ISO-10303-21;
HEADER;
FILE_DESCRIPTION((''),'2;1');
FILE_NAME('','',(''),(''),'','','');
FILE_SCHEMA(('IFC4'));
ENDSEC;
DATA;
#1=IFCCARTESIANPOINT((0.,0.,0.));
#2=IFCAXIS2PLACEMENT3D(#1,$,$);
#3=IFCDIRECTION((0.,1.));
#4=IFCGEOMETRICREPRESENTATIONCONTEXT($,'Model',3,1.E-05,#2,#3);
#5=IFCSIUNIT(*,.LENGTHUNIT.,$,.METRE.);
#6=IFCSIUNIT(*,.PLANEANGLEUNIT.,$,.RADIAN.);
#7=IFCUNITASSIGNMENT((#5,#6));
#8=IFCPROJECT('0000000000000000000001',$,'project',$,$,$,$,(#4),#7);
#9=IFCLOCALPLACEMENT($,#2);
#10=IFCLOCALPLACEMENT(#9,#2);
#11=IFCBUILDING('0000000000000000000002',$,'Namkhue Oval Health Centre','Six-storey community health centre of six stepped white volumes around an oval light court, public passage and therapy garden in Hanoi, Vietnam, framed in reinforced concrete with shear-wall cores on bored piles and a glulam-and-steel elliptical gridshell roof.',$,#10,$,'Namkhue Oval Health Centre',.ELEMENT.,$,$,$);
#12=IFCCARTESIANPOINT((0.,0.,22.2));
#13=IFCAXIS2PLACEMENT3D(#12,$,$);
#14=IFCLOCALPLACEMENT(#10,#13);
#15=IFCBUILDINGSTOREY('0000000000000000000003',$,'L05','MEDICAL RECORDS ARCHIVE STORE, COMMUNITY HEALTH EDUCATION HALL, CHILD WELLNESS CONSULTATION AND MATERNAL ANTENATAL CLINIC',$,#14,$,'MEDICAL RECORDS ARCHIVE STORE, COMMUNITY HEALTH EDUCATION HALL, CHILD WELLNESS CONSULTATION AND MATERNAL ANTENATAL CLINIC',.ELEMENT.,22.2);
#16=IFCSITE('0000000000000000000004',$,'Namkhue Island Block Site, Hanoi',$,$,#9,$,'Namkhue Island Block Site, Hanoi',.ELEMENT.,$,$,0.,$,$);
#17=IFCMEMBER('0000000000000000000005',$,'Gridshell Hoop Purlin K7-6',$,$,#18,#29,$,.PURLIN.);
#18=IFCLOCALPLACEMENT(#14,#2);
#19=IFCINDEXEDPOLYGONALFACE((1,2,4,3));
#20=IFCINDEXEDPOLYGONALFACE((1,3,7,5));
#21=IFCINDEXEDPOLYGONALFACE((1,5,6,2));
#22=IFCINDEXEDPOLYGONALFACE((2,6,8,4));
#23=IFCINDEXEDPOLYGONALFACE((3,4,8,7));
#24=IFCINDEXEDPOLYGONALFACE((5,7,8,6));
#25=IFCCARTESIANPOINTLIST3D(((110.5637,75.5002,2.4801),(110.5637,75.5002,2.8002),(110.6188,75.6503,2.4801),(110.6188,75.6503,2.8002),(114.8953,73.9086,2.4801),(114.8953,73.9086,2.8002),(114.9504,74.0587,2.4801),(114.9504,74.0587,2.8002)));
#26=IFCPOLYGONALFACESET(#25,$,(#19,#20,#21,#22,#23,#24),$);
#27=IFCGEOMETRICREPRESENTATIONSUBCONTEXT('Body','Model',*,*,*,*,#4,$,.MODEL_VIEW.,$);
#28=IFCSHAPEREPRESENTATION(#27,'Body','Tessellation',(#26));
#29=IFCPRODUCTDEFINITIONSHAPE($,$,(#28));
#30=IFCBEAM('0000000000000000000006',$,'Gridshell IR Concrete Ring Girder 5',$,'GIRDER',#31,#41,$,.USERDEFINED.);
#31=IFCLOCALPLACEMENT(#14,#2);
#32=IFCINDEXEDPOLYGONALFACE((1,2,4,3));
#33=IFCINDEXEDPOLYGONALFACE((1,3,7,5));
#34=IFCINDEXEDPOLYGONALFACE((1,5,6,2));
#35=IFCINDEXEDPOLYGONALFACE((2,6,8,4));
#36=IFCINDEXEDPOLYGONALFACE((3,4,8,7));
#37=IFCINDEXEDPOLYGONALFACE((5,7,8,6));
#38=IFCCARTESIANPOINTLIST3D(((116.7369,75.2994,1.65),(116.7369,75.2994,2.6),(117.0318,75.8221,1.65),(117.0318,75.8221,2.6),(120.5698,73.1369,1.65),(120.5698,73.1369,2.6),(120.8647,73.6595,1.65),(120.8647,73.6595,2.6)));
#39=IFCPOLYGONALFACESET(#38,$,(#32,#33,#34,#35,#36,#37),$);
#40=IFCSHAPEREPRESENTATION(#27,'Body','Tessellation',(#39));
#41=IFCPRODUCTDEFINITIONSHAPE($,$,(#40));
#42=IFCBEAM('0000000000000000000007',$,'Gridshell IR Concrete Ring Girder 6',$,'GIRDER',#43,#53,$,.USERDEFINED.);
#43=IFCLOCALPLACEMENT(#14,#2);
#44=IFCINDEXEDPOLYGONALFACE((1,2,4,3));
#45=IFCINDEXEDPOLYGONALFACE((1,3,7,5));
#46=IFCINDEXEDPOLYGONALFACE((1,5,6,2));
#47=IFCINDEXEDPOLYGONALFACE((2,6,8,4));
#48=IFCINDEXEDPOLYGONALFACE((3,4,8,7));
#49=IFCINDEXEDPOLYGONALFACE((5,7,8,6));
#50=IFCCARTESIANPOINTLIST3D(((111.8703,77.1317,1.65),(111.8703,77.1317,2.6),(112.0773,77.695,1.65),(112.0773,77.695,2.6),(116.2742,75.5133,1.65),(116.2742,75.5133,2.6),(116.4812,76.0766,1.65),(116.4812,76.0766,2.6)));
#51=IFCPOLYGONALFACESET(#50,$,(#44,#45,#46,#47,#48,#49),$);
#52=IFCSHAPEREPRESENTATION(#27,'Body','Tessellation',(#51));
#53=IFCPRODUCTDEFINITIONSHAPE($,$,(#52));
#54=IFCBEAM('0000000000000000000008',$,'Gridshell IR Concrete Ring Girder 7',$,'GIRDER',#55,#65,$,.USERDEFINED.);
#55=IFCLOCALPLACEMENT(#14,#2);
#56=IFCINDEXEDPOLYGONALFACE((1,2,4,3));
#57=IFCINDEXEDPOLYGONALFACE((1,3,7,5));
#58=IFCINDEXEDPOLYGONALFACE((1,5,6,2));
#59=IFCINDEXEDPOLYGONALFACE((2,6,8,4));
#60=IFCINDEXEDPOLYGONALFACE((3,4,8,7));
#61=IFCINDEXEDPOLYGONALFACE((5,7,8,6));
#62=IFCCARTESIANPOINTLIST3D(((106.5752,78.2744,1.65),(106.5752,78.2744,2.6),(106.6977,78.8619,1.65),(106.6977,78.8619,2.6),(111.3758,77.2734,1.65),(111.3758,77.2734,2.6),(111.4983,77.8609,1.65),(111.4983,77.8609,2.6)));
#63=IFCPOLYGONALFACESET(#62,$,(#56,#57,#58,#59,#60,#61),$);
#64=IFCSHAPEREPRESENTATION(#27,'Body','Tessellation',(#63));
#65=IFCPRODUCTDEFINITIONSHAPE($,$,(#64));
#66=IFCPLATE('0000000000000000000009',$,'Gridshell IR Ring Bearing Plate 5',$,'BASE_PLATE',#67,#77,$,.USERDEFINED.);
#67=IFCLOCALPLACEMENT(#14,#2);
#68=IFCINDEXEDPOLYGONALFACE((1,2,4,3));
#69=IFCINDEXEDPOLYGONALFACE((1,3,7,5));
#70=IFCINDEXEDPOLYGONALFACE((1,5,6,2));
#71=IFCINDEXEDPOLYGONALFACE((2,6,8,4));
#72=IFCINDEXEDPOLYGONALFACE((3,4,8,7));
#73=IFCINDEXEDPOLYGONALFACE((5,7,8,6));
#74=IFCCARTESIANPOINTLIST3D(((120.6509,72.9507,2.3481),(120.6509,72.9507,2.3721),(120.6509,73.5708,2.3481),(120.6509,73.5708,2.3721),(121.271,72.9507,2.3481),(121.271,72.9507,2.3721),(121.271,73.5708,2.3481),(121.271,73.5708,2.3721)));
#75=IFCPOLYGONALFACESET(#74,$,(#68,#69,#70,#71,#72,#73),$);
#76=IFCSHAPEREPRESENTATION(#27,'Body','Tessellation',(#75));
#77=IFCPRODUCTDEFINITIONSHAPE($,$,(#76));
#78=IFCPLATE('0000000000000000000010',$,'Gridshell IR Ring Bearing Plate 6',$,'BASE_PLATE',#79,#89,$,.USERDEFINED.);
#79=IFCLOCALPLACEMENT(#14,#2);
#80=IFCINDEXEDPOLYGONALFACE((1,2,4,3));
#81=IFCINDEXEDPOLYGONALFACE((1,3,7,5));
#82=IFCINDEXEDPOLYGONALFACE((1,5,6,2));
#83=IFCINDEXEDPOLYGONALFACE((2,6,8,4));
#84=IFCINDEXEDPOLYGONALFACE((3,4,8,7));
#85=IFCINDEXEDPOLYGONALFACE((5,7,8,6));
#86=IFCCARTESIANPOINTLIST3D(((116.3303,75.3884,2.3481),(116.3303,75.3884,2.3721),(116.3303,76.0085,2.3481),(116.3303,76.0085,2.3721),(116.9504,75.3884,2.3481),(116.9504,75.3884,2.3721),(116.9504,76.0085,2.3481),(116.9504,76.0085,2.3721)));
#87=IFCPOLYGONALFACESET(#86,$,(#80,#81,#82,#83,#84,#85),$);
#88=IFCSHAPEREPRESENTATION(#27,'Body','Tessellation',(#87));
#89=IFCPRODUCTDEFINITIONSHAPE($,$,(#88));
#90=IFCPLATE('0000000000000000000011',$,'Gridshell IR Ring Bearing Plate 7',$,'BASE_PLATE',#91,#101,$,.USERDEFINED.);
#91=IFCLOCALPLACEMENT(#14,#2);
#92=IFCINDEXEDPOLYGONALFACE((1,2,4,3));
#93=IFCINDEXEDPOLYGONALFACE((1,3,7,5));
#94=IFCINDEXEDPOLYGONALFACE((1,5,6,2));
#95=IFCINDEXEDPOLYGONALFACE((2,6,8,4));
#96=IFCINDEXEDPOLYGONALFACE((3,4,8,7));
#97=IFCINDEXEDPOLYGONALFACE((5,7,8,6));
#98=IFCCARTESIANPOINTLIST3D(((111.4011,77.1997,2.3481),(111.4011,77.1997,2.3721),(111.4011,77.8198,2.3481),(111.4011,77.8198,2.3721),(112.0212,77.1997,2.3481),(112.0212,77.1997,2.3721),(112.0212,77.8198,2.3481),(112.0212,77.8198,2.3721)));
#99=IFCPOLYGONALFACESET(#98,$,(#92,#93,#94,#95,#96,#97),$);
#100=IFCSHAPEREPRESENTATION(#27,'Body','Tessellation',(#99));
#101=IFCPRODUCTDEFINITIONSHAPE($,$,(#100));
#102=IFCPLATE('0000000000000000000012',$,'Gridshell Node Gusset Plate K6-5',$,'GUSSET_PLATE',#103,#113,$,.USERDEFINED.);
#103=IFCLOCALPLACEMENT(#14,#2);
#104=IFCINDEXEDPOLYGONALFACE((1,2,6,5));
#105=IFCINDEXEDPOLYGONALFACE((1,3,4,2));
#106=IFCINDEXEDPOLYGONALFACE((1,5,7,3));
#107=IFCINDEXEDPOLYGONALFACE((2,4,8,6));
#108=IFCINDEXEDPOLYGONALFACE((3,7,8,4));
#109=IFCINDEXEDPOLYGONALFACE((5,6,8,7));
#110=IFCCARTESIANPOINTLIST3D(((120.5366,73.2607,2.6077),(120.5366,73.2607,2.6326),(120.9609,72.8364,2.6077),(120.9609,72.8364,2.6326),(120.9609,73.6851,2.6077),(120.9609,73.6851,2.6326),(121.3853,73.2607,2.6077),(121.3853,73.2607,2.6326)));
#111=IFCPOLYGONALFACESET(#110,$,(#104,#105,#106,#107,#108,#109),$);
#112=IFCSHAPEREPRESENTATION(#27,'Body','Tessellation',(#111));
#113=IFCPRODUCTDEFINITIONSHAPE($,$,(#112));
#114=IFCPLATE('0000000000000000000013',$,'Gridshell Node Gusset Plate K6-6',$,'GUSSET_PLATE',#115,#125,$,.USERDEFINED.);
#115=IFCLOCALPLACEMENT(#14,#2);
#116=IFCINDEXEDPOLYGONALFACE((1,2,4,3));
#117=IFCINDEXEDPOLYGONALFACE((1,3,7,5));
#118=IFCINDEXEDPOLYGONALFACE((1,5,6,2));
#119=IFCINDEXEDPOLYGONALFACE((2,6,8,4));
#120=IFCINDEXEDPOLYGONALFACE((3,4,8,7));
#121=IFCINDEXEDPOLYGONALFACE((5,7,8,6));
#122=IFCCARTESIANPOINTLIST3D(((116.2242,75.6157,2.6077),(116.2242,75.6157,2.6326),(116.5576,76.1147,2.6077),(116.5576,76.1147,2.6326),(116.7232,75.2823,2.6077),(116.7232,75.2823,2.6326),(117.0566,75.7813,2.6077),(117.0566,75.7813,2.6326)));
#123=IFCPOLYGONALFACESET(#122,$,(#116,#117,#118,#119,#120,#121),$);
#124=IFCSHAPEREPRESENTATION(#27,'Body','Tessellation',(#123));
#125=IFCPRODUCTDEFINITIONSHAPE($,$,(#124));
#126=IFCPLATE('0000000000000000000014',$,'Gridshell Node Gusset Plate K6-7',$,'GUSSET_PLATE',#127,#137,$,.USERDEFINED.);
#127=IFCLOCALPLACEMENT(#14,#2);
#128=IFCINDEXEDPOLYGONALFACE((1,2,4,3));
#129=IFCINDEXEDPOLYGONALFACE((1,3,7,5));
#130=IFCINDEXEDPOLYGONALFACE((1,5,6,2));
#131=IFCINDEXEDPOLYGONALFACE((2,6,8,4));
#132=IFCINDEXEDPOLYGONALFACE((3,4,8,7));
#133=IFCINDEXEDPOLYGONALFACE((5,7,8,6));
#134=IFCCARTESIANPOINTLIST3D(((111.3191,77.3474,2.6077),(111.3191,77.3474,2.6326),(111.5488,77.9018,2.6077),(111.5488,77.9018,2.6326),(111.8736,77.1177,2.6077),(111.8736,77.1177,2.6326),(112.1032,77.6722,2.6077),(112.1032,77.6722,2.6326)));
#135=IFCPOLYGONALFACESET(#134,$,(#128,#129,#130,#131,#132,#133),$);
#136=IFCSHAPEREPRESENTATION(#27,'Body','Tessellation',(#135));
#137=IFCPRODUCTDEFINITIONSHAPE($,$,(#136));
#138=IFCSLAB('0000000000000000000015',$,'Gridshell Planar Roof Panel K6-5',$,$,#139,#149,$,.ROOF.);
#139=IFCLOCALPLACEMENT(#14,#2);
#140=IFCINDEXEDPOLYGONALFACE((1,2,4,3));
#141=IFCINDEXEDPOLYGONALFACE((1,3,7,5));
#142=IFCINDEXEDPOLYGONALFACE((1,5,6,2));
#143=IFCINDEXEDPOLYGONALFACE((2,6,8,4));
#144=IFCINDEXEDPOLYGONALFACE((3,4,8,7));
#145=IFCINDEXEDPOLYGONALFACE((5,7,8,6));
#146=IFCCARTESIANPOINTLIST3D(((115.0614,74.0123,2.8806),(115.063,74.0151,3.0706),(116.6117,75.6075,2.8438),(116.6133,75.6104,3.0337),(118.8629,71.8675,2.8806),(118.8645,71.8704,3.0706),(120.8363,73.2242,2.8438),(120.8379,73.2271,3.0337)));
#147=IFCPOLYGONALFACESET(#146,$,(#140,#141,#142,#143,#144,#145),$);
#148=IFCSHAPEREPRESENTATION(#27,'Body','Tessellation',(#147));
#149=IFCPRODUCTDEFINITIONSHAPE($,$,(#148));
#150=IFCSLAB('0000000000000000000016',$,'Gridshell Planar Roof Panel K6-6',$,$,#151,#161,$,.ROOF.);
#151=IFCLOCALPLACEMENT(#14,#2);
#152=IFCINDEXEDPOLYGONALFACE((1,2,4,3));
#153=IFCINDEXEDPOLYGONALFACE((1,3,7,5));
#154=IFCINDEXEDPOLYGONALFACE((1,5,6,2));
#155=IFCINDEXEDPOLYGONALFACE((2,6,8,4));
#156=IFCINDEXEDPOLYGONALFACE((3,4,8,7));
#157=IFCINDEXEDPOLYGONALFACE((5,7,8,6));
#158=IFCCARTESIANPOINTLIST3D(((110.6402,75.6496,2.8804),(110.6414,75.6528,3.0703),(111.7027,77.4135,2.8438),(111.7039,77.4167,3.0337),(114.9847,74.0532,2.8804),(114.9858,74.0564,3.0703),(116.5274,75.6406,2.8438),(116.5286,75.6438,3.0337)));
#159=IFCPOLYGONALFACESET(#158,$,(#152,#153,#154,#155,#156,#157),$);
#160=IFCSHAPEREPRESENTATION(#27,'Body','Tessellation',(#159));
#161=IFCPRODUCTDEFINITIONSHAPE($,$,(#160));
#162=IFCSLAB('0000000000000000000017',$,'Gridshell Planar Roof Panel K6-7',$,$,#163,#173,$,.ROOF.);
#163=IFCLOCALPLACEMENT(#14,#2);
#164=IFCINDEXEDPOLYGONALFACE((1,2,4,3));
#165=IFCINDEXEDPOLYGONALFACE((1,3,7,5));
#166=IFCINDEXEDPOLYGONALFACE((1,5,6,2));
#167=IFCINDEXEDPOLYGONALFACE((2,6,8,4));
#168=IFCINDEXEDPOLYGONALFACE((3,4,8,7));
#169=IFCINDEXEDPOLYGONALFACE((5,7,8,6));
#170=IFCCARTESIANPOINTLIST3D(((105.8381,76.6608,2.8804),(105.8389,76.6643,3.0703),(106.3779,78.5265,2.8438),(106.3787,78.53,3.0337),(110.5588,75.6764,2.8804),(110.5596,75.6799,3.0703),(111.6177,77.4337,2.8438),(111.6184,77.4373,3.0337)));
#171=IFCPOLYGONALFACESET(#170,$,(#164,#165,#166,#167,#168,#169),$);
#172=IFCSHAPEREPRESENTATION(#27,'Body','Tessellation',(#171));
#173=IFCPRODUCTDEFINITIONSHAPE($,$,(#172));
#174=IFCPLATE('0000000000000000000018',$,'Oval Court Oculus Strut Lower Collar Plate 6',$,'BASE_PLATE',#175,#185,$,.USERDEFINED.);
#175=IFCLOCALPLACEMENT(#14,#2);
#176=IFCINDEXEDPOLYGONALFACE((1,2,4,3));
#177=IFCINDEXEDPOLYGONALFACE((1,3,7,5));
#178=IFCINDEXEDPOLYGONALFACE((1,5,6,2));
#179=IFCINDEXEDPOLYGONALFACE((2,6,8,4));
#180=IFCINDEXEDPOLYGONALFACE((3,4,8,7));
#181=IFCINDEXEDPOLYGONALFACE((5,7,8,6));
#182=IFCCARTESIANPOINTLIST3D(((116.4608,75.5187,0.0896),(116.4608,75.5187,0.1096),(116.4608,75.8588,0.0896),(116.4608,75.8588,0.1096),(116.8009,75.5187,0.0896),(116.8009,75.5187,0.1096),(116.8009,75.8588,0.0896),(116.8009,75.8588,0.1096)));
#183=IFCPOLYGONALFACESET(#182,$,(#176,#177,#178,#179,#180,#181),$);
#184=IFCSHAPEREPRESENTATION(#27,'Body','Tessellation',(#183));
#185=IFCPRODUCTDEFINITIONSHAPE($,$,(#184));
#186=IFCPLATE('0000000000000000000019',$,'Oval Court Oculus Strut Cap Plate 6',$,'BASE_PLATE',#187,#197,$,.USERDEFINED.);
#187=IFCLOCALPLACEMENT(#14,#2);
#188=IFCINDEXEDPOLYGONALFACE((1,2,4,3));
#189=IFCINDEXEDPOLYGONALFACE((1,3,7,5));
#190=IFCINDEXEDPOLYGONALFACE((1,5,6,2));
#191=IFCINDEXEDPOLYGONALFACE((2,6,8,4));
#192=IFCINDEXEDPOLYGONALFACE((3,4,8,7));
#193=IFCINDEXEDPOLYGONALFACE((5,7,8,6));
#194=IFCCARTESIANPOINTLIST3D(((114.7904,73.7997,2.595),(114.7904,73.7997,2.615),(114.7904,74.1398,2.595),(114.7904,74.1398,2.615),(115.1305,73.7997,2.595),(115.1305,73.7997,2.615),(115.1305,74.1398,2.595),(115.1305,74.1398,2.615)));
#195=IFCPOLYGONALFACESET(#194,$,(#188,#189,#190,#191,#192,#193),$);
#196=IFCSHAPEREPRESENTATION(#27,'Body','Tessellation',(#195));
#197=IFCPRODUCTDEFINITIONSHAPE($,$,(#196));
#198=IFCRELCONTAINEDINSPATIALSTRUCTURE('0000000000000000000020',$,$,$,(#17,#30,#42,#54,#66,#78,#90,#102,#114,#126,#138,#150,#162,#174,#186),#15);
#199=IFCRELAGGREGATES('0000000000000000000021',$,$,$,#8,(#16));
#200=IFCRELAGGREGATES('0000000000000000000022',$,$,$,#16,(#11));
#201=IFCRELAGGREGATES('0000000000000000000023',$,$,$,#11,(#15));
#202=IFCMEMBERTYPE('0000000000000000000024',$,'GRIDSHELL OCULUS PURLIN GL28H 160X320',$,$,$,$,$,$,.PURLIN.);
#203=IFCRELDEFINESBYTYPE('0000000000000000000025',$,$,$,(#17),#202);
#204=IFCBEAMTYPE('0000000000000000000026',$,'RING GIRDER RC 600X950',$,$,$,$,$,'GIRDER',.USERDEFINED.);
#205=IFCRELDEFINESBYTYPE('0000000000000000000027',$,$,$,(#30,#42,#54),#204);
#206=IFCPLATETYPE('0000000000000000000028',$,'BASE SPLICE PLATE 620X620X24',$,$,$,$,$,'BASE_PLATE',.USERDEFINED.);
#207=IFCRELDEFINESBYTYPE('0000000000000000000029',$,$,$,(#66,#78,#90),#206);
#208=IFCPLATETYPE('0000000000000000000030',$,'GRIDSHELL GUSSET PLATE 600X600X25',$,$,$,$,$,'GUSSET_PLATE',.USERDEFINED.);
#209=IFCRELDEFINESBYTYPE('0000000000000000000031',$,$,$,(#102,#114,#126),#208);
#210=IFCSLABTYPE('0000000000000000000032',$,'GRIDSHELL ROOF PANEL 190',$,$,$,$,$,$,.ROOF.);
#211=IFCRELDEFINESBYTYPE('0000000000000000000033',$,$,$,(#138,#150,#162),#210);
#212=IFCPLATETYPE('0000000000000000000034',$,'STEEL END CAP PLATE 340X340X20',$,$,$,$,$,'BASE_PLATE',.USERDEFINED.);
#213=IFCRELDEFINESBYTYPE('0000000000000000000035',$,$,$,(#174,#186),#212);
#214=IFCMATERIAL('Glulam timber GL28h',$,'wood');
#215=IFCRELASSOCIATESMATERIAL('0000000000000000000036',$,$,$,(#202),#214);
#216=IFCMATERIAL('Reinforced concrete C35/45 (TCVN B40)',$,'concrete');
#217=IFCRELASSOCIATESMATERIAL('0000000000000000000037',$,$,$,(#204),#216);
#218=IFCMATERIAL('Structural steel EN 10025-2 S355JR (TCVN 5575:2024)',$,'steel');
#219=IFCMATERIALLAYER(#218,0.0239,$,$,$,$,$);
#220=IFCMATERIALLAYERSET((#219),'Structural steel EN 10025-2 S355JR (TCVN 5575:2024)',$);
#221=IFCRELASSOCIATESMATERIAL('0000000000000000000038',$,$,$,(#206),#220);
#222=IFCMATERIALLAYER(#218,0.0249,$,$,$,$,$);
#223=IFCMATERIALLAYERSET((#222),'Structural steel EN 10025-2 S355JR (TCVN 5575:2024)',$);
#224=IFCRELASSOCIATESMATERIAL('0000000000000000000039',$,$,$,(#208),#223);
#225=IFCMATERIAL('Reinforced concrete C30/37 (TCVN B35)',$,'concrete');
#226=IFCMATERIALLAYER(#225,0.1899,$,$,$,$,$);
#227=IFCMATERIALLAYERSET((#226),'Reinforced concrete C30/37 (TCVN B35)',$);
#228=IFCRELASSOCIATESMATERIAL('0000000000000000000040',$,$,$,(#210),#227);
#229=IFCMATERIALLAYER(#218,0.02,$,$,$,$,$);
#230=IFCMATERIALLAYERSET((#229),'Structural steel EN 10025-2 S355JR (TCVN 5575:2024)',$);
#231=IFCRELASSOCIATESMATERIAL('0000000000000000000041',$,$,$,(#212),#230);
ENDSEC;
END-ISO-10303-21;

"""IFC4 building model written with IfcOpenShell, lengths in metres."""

from ifc_helpers import new_model, si_unit, direction, frame, origin, origin_2d, place, context, subcontext, project, spatial, polyline, rectangle, outline, extrude, material, layer, layer_set, material_profile, profile_set, type_object, element, save


model = new_model("IFC4")

# Units and contexts
model_context = context("Model", 3, precision=1e-05, world=origin(), true_north=direction((0.0, 1.0)))
body_context = subcontext(model_context, "Body", "Model", "MODEL_VIEW")
ifc_project = project(units=[si_unit("LENGTHUNIT", "METRE"), si_unit("PLANEANGLEUNIT", "RADIAN")], contexts=[model_context])

# Site, building, storey
site_placement = place(None, origin())
site = spatial("IfcSite", under=ifc_project, at=site_placement, Name="Namkhue Island Block Site, Hanoi", LongName="Namkhue Island Block Site, Hanoi", CompositionType="ELEMENT", RefElevation=0.0)
building_placement = place(site_placement, origin())
building = spatial("IfcBuilding", under=site, at=building_placement, Name="Namkhue Oval Health Centre", Description="Six-storey community health centre of six stepped white volumes around an oval light court, public passage and therapy garden in Hanoi, Vietnam, framed in reinforced concrete with shear-wall cores on bored piles and a glulam-and-steel elliptical gridshell roof.", LongName="Namkhue Oval Health Centre", CompositionType="ELEMENT")
storey_placement = place(building_placement, frame((0.0, 0.0, 22.2)))
storey = spatial("IfcBuildingStorey", under=building, at=storey_placement, Name="L05", Description="MEDICAL RECORDS ARCHIVE STORE, COMMUNITY HEALTH EDUCATION HALL, CHILD WELLNESS CONSULTATION AND MATERNAL ANTENATAL CLINIC", LongName="MEDICAL RECORDS ARCHIVE STORE, COMMUNITY HEALTH EDUCATION HALL, CHILD WELLNESS CONSULTATION AND MATERNAL ANTENATAL CLINIC", CompositionType="ELEMENT", Elevation=22.2)

# Shared definitions
ifc_material_1 = material(Name="Reinforced concrete C35/45 (TCVN B40)", Category="concrete")

# Member
ifc_material_2 = material(Name="Structural steel EN 10025-2 S355JR (TCVN 5575:2024)", Category="steel")
ifc_material_3 = material(Name="Glulam timber GL28h", Category="wood")
ifc_material_profile_1 = material_profile(ifc_material_3, rectangle(XDim=0.1599, YDim=0.3201, at=origin_2d()), Name="GL28h 160x320")
ifc_profile_set_1 = profile_set([ifc_material_profile_1], Name="Glulam timber GL28h")
member_type_1 = type_object("IfcMemberType", Name="GRIDSHELL OCULUS PURLIN GL28H 160X320", PredefinedType="PURLIN", material=ifc_profile_set_1)
member_1_placement = place(storey_placement, frame((114.9229, 73.9836, 2.6401), z_axis=(-0.938644, 0.344889, 0.0), x_axis=(-0.344889, -0.938644, 0.0)))
element("IfcMember", 1, at=member_1_placement, inside=storey, type_object=member_type_1, Name="Gridshell Hoop Purlin K7-6", PredefinedType="PURLIN", context=body_context, shape_type="SweptSolid", body=[
    extrude(rectangle(XDim=0.1599, YDim=0.3201, at=origin_2d()), origin(), (0.0, 0.0, 1.0), 4.6147),
])

# Beams
ifc_material_profile_2 = material_profile(ifc_material_1, rectangle(XDim=0.6001, YDim=0.95, at=origin_2d()), Name="RC 600x950")
ifc_profile_set_2 = profile_set([ifc_material_profile_2], Name="Reinforced concrete C35/45 (TCVN B40)")
beam_type = type_object("IfcBeamType", Name="RING GIRDER RC 600X950", ElementType="GIRDER", PredefinedType="USERDEFINED", material=ifc_profile_set_2)
beam_1_placement = place(storey_placement, frame((120.7173, 73.3982, 2.125), z_axis=(-0.870941, 0.491388, 0.0), x_axis=(-0.491388, -0.870941, 0.0)))
element("IfcBeam", 2, at=beam_1_placement, inside=storey, type_object=beam_type, Name="Gridshell IR Concrete Ring Girder 5", ObjectType="GIRDER", PredefinedType="USERDEFINED", context=body_context, shape_type="SweptSolid", body=[
    extrude(rectangle(XDim=0.6001, YDim=0.95, at=origin_2d()), origin(), (0.0, 0.0, 1.0), 4.4009),
])
beam_2_placement = place(storey_placement, frame((116.3777, 75.7949, 2.125), z_axis=(-0.938623, 0.344946, 0.0), x_axis=(-0.344946, -0.938623, 0.0)))
element("IfcBeam", 3, at=beam_2_placement, inside=storey, type_object=beam_type, Name="Gridshell IR Concrete Ring Girder 6", ObjectType="GIRDER", PredefinedType="USERDEFINED", context=body_context, shape_type="SweptSolid", body=[
    extrude(rectangle(XDim=0.6001, YDim=0.95, at=origin_2d()), origin(), (0.0, 0.0, 1.0), 4.6919),
])
beam_3_placement = place(storey_placement, frame((111.437, 77.5671, 2.125), z_axis=(-0.978945, 0.204123, 0.0), x_axis=(-0.204123, -0.978945, 0.0)))
element("IfcBeam", 4, at=beam_3_placement, inside=storey, type_object=beam_type, Name="Gridshell IR Concrete Ring Girder 7", ObjectType="GIRDER", PredefinedType="USERDEFINED", context=body_context, shape_type="SweptSolid", body=[
    extrude(rectangle(XDim=0.6001, YDim=0.95, at=origin_2d()), origin(), (0.0, 0.0, 1.0), 4.9038),
])

# Plates
ifc_layer_1 = layer(ifc_material_2, 0.0239)
ifc_layer_set_1 = layer_set([ifc_layer_1], Name="Structural steel EN 10025-2 S355JR (TCVN 5575:2024)")
plate_type_1 = type_object("IfcPlateType", Name="BASE SPLICE PLATE 620X620X24", ElementType="BASE_PLATE", PredefinedType="USERDEFINED", material=ifc_layer_set_1)
for number, where, z_axis, x_axis, name in (
    (5, (120.9609, 73.2607, 2.3481), (0.0, 0.0, 1.0), (1.0, 0.0, 0.0), "Gridshell IR Ring Bearing Plate 5"),
    (6, (116.6404, 75.6985, 2.3481), (0.0, 0.0, 1.0), (1.0, 0.0, 0.0), "Gridshell IR Ring Bearing Plate 6"),
    (7, (111.7112, 77.5098, 2.3481), (0.0, 0.0, 1.0), (1.0, 0.0, 0.0), "Gridshell IR Ring Bearing Plate 7"),
):
    element("IfcPlate", number, at=place(storey_placement, frame(where, z_axis=z_axis, x_axis=x_axis)), inside=storey, type_object=plate_type_1, Name=name, ObjectType="BASE_PLATE", PredefinedType="USERDEFINED", context=body_context, shape_type="SweptSolid", body=[
        extrude(rectangle(XDim=0.6201, YDim=0.6201, at=origin_2d()), origin(), (0.0, 0.0, 1.0), 0.0239),
    ])
ifc_layer_2 = layer(ifc_material_2, 0.0249)
ifc_layer_set_2 = layer_set([ifc_layer_2], Name="Structural steel EN 10025-2 S355JR (TCVN 5575:2024)")
plate_type_2 = type_object("IfcPlateType", Name="GRIDSHELL GUSSET PLATE 600X600X25", ElementType="GUSSET_PLATE", PredefinedType="USERDEFINED", material=ifc_layer_set_2)
for number, where, z_axis, x_axis, name in (
    (8, (120.9609, 73.2607, 2.6077), (0.0, 0.0, 1.0), (0.707107, 0.707107, 0.0), "Gridshell Node Gusset Plate K6-5"),
    (9, (116.6404, 75.6985, 2.6077), (0.0, 0.0, 1.0), (0.55557, 0.83147, 0.0), "Gridshell Node Gusset Plate K6-6"),
    (10, (111.7112, 77.5098, 2.6077), (0.0, 0.0, 1.0), (0.382683, 0.92388, 0.0), "Gridshell Node Gusset Plate K6-7"),
):
    element("IfcPlate", number, at=place(storey_placement, frame(where, z_axis=z_axis, x_axis=x_axis)), inside=storey, type_object=plate_type_2, Name=name, ObjectType="GUSSET_PLATE", PredefinedType="USERDEFINED", context=body_context, shape_type="SweptSolid", body=[
        extrude(rectangle(XDim=0.6001, YDim=0.6001, at=origin_2d()), origin(), (0.0, 0.0, 1.0), 0.0249),
    ])

# Slabs
ifc_material_4 = material(Name="Reinforced concrete C30/37 (TCVN B35)", Category="concrete")
ifc_layer_3 = layer(ifc_material_4, 0.1899)
ifc_layer_set_3 = layer_set([ifc_layer_3], Name="Reinforced concrete C30/37 (TCVN B35)")
slab_type = type_object("IfcSlabType", Name="GRIDSHELL ROOF PANEL 190", PredefinedType="ROOF", material=ifc_layer_set_3)
slab_1_placement = place(storey_placement, frame((120.8379, 73.2271, 3.0337), z_axis=(0.008419, 0.014923, 0.999853), x_axis=(-0.870962, 0.491351, 0.0)))
element("IfcSlab", 11, at=slab_1_placement, inside=storey, type_object=slab_type, Name="Gridshell Planar Roof Panel K6-5", PredefinedType="ROOF", context=body_context, shape_type="SweptSolid", body=[
    extrude(outline(polyline([(0.0, 0.0), (4.8505, 0.0), (5.4169, 2.1514), (1.0521, 2.1516), (0.0, 0.0)])), origin(), (0.0, 0.0, -1.0), 0.1899),
])
slab_2_placement = place(storey_placement, frame((116.5286, 75.6438, 3.0337), z_axis=(0.006246, 0.016996, 0.999836), x_axis=(-0.938631, 0.344922, 0.0)))
element("IfcSlab", 12, at=slab_2_placement, inside=storey, type_object=slab_type, Name="Gridshell Planar Roof Panel K6-6", PredefinedType="ROOF", context=body_context, shape_type="SweptSolid", body=[
    extrude(outline(polyline([(0.0, 0.0), (5.1402, 0.0), (5.529, 2.0225), (0.9005, 2.0224), (0.0, 0.0)])), origin(), (0.0, 0.0, -1.0), 0.1899),
])
slab_3_placement = place(storey_placement, frame((111.6184, 77.4373, 3.0337), z_axis=(0.00386, 0.018509, 0.999821), x_axis=(-0.978937, 0.204162, 0.0)))
element("IfcSlab", 13, at=slab_3_placement, inside=storey, type_object=slab_type, Name="Gridshell Planar Roof Panel K6-7", PredefinedType="ROOF", context=body_context, shape_type="SweptSolid", body=[
    extrude(outline(polyline([(0.0, 0.0), (5.3525, 0.0), (5.5, 1.937), (0.6778, 1.9368), (0.0, 0.0)])), origin(), (0.0, 0.0, -1.0), 0.1899),
])

# Plates
ifc_layer_4 = layer(ifc_material_2, 0.02)
ifc_layer_set_4 = layer_set([ifc_layer_4], Name="Structural steel EN 10025-2 S355JR (TCVN 5575:2024)")
plate_type_3 = type_object("IfcPlateType", Name="STEEL END CAP PLATE 340X340X20", ElementType="BASE_PLATE", PredefinedType="USERDEFINED", material=ifc_layer_set_4)
for number, where, z_axis, x_axis, name in (
    (14, (116.6309, 75.6887, 0.0896), (0.0, 0.0, 1.0), (1.0, 0.0, 0.0), "Oval Court Oculus Strut Lower Collar Plate 6"),
    (15, (114.9604, 73.9697, 2.595), (0.0, 0.0, 1.0), (1.0, 0.0, 0.0), "Oval Court Oculus Strut Cap Plate 6"),
):
    element("IfcPlate", number, at=place(storey_placement, frame(where, z_axis=z_axis, x_axis=x_axis)), inside=storey, type_object=plate_type_3, Name=name, ObjectType="BASE_PLATE", PredefinedType="USERDEFINED", context=body_context, shape_type="SweptSolid", body=[
        extrude(rectangle(XDim=0.3401, YDim=0.3401, at=origin_2d()), origin(), (0.0, 0.0, 1.0), 0.02),
    ])

save(model, "model.ifc")
